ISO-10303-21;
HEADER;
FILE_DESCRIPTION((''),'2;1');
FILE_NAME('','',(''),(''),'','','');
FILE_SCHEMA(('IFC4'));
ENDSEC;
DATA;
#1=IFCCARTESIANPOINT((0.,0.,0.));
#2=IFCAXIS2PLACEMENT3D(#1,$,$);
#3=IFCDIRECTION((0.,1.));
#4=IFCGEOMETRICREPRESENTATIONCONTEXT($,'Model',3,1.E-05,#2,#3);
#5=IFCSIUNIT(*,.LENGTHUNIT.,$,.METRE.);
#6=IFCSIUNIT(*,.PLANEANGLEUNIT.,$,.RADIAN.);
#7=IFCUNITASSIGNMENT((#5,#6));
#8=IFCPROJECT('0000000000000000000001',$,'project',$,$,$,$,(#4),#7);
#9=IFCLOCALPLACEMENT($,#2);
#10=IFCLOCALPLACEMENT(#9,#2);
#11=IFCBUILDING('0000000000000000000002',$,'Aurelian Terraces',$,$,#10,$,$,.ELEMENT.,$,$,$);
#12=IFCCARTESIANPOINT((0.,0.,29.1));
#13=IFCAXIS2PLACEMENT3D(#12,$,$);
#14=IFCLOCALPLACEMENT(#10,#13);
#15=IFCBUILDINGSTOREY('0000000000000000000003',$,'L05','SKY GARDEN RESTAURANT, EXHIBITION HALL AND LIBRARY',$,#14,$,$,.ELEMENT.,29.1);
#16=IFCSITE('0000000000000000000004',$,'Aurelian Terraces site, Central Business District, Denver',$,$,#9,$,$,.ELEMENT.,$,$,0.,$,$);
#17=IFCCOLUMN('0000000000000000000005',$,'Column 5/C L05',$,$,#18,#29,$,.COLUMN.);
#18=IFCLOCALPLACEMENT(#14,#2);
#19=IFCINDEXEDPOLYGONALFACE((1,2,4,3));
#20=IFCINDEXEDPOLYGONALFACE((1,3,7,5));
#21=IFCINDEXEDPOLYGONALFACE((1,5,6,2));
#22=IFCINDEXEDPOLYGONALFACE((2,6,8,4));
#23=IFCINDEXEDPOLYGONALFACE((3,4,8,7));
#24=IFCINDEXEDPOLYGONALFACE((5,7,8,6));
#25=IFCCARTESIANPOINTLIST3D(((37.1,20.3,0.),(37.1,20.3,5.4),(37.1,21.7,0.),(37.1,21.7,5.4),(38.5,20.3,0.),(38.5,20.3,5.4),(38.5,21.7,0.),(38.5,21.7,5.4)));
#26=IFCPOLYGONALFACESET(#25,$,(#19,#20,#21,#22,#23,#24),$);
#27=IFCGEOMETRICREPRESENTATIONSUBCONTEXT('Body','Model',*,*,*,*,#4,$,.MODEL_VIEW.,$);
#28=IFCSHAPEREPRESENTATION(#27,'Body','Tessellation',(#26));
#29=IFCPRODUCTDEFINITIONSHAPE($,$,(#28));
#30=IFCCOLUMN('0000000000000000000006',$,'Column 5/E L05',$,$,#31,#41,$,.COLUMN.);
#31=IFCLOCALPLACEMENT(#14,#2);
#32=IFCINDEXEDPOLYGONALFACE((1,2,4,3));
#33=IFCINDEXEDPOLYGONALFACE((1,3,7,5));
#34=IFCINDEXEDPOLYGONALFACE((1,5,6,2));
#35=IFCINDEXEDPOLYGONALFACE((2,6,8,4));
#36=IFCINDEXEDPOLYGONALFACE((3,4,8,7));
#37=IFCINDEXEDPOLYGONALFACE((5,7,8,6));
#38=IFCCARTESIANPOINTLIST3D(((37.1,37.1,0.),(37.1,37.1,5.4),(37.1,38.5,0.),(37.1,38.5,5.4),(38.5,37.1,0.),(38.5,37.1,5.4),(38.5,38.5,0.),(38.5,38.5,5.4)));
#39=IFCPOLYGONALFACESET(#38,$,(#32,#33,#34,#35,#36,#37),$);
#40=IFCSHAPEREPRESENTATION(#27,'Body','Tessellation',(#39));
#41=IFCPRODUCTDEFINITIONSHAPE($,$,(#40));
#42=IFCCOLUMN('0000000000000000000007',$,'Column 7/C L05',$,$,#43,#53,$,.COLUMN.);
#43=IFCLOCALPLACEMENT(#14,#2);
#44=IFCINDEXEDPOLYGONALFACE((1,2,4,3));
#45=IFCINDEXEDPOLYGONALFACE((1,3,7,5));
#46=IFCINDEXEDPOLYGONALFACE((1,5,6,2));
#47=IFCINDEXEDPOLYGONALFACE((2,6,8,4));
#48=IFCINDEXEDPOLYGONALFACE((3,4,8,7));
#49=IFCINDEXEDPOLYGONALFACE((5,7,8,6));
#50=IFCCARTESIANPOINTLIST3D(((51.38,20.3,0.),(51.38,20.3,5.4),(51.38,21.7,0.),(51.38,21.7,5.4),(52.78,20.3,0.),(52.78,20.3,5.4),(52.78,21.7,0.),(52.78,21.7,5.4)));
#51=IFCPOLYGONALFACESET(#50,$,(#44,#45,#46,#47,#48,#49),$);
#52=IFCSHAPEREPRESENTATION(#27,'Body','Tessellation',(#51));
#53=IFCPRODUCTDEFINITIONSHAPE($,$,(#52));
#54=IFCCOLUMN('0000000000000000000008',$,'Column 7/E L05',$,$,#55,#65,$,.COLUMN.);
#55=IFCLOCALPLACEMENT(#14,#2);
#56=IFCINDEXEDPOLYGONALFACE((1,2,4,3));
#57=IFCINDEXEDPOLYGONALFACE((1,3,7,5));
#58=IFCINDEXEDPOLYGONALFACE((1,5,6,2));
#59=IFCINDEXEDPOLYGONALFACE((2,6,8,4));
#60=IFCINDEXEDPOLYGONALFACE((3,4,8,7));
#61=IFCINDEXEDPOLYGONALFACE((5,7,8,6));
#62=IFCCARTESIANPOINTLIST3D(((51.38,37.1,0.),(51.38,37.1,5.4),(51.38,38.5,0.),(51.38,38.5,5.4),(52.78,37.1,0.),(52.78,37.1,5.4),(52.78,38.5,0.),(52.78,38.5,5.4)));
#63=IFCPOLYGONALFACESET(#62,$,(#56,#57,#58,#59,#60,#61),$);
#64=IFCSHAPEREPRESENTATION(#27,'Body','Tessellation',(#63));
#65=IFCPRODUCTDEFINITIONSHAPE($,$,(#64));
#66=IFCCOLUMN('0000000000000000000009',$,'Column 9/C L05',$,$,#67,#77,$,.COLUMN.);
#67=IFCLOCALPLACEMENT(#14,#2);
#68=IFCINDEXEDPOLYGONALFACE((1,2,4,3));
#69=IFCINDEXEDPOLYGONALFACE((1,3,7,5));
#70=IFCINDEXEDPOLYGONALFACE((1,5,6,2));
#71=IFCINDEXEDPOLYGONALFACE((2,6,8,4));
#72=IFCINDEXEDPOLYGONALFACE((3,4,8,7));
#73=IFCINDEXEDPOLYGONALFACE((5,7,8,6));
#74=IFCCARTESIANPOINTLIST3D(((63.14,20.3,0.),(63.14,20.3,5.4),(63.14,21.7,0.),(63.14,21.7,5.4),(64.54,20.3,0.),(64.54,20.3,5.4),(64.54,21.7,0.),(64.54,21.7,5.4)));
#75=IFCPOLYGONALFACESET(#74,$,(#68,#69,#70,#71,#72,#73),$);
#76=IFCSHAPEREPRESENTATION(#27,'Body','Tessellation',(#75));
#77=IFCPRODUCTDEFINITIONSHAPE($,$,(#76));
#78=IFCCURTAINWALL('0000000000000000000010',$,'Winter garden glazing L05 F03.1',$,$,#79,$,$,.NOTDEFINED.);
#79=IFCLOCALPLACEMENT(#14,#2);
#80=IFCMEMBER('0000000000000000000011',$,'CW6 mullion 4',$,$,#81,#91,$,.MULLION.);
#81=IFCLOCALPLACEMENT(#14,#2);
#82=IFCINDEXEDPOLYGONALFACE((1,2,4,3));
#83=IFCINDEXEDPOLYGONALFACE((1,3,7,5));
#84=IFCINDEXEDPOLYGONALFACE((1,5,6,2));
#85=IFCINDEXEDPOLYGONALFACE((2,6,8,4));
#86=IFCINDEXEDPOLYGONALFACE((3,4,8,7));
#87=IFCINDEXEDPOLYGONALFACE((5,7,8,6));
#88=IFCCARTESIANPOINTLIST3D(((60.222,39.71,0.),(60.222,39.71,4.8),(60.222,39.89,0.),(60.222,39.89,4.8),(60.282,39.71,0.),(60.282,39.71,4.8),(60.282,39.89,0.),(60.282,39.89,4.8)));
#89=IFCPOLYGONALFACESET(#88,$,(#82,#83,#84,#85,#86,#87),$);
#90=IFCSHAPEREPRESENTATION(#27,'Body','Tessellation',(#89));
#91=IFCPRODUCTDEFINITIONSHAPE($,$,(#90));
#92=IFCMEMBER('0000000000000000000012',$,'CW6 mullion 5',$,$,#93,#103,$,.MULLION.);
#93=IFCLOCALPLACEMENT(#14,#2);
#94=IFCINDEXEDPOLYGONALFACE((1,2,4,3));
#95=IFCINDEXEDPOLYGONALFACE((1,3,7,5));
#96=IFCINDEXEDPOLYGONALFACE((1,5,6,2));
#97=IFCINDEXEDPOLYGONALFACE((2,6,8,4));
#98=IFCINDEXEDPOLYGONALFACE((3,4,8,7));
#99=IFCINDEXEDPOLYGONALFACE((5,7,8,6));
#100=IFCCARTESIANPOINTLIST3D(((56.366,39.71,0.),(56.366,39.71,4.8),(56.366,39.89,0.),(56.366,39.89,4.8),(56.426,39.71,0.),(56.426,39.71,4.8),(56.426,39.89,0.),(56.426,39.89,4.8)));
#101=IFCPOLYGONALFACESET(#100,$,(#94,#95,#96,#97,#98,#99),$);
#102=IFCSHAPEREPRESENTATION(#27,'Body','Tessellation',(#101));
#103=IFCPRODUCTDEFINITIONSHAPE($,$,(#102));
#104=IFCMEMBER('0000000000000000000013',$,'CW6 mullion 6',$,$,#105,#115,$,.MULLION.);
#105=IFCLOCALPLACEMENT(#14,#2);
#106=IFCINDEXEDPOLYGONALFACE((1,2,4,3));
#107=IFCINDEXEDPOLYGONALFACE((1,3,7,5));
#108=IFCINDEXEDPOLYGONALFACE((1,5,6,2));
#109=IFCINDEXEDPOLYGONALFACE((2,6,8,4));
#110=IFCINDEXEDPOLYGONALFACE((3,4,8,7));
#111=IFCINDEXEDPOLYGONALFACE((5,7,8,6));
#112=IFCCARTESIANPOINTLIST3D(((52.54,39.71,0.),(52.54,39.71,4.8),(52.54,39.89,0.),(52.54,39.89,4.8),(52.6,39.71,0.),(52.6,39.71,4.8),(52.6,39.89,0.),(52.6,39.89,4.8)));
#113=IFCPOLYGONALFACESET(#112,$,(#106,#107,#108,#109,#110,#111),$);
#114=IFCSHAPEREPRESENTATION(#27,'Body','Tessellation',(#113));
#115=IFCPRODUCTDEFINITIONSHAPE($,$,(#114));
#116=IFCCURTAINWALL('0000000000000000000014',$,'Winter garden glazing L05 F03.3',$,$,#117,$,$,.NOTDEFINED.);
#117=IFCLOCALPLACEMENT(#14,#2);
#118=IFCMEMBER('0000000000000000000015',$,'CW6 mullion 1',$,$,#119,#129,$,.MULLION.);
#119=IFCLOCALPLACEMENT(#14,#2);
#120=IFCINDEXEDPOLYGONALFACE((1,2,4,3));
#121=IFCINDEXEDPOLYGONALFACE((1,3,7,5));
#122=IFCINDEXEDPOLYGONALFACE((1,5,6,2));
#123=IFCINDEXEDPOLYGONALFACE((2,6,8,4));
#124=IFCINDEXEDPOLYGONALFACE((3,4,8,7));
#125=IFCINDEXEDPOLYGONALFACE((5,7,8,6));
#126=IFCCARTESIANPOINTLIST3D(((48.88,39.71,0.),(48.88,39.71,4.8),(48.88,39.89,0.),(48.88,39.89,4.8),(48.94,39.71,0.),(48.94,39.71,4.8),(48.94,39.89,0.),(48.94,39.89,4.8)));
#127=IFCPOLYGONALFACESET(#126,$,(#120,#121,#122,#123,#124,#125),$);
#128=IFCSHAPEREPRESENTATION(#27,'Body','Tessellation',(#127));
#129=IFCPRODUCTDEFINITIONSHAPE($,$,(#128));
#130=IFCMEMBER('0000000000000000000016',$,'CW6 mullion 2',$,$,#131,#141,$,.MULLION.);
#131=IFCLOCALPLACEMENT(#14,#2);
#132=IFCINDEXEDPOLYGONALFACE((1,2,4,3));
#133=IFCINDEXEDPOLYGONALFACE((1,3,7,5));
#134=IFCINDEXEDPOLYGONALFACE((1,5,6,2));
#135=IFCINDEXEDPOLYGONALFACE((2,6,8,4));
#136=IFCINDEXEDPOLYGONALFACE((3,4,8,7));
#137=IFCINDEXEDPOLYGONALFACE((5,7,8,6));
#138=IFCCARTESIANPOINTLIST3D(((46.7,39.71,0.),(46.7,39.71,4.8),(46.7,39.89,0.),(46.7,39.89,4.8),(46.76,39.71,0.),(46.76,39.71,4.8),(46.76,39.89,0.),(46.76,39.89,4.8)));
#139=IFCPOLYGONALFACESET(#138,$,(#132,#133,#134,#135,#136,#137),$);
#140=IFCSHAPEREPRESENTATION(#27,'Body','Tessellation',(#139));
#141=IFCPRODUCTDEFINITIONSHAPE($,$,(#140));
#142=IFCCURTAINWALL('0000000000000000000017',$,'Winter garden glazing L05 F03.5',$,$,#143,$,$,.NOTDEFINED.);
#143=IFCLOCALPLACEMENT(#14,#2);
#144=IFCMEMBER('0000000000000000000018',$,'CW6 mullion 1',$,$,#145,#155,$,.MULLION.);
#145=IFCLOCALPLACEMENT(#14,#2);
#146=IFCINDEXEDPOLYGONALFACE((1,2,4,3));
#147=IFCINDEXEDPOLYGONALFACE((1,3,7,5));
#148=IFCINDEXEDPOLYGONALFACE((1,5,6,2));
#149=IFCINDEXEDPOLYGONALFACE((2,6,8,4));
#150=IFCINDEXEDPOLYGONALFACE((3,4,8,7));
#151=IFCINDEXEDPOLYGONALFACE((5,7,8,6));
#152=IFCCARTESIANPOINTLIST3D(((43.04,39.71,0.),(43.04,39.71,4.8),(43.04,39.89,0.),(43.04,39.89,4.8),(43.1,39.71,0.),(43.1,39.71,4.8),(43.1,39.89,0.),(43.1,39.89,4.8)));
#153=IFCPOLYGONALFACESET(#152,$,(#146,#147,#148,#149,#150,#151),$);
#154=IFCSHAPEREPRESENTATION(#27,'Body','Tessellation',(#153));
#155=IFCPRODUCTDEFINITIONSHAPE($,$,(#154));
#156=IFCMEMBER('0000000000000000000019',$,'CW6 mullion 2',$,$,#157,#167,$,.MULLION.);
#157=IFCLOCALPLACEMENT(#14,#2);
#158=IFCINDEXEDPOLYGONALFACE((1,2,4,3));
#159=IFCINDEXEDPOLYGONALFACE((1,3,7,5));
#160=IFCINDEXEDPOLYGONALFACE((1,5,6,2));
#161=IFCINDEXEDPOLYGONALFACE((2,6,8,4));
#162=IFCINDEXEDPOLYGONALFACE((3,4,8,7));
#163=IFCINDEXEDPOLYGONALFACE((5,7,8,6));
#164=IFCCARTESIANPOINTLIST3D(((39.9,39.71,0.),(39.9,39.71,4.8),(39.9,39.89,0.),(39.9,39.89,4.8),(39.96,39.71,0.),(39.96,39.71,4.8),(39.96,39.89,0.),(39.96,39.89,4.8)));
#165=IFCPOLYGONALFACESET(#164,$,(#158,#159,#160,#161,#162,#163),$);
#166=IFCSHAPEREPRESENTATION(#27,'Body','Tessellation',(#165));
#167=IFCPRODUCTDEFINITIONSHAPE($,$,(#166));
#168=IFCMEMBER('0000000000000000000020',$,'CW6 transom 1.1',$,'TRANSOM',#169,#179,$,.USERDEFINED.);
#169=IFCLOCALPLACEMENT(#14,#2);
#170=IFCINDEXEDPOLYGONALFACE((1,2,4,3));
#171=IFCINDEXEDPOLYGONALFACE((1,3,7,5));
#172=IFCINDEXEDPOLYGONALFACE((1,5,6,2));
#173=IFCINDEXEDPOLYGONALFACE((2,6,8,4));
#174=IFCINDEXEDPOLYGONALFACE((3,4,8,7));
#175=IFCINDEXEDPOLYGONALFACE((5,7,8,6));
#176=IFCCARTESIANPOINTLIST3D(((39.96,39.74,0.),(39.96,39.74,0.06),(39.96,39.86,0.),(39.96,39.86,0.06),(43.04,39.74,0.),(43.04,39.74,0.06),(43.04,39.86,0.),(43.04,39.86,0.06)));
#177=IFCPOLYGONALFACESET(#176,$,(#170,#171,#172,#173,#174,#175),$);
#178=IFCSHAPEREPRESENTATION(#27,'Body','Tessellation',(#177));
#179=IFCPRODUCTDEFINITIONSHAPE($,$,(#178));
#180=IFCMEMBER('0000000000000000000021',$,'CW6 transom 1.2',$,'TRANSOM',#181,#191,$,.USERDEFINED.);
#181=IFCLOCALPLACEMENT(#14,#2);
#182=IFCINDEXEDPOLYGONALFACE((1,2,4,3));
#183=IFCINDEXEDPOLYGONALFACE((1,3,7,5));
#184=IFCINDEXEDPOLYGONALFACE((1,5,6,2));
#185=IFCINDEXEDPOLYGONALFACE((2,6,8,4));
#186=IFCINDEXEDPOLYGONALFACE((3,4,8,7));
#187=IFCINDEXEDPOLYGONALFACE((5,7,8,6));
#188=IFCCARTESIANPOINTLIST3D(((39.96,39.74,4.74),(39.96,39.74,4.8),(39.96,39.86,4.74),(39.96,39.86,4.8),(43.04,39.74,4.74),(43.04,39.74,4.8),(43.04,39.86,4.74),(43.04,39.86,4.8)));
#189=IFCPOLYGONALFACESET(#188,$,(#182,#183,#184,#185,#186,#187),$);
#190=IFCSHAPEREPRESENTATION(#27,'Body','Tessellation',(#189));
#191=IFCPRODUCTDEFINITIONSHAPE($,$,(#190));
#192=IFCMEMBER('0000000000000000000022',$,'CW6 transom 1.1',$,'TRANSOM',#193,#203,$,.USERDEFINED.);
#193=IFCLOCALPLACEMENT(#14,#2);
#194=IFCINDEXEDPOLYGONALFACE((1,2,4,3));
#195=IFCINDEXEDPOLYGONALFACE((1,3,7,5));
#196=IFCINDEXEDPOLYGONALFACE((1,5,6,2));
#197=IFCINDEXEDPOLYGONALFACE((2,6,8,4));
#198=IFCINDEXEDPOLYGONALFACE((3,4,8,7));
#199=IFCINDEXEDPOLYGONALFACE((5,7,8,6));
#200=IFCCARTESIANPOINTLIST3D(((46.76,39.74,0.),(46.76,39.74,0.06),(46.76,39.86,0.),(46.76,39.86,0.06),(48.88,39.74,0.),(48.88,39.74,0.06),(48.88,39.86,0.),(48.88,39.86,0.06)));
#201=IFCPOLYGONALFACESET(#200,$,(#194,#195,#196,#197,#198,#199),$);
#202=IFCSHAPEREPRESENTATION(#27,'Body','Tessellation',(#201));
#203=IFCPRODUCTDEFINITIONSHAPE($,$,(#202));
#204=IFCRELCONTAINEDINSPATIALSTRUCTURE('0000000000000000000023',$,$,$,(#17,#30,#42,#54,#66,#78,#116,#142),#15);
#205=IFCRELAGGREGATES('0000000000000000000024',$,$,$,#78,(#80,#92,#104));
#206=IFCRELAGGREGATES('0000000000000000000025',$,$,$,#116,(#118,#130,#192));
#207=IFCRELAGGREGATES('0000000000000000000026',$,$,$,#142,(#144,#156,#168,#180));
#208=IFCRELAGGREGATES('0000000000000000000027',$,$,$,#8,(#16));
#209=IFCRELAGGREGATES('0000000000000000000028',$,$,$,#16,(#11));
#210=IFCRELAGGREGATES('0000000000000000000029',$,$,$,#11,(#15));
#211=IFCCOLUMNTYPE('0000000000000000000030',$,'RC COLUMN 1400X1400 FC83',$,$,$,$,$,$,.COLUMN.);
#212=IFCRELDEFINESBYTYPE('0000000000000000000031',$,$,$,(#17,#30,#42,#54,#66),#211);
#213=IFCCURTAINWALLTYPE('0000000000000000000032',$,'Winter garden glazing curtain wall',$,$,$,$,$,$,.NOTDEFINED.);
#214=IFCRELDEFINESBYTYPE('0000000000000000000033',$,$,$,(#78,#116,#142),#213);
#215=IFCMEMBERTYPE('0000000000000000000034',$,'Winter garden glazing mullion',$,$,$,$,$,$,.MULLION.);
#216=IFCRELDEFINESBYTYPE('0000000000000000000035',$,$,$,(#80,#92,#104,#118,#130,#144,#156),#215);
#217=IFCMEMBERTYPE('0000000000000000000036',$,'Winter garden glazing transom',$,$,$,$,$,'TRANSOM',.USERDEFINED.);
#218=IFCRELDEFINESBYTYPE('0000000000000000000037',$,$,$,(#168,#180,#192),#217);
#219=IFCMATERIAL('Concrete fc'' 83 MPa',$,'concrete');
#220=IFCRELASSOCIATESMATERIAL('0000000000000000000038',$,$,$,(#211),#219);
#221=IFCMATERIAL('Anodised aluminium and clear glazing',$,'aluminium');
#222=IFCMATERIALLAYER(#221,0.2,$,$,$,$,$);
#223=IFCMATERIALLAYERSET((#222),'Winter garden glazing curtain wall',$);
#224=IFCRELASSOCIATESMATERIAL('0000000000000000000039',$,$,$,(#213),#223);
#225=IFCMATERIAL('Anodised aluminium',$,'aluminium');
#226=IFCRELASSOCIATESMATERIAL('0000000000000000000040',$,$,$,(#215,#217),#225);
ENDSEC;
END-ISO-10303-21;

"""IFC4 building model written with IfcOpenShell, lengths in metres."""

from ifc_helpers import new_model, si_unit, direction, frame, origin, origin_2d, place, context, subcontext, project, spatial, rectangle, extrude, source, transform, mapped, material, layer, layer_set, material_profile, profile_set, type_object, element, aggregate, save


model = new_model("IFC4")

# Units and contexts
model_context = context("Model", 3, precision=1e-05, world=origin(), true_north=direction((0.0, 1.0)))
body_context = subcontext(model_context, "Body", "Model", "MODEL_VIEW")
ifc_project = project(units=[si_unit("LENGTHUNIT", "METRE"), si_unit("PLANEANGLEUNIT", "RADIAN")], contexts=[model_context])

# Site, building, storey
site_placement = place(None, origin())
site = spatial("IfcSite", under=ifc_project, at=site_placement, Name="Aurelian Terraces site, Central Business District, Denver", CompositionType="ELEMENT", RefElevation=0.0)
building_placement = place(site_placement, origin())
building = spatial("IfcBuilding", under=site, at=building_placement, Name="Aurelian Terraces", CompositionType="ELEMENT")
storey_placement = place(building_placement, frame((0.0, 0.0, 29.1)))
storey = spatial("IfcBuildingStorey", under=building, at=storey_placement, Name="L05", Description="SKY GARDEN RESTAURANT, EXHIBITION HALL AND LIBRARY", CompositionType="ELEMENT", Elevation=29.1)

# Columns
ifc_material_1 = material(Name="Concrete fc' 83 MPa", Category="concrete")
ifc_material_profile_1 = material_profile(ifc_material_1, rectangle(XDim=1.4, YDim=1.4, at=origin_2d()))
ifc_profile_set_1 = profile_set([ifc_material_profile_1], Name="Concrete fc' 83 MPa")
column_type = type_object("IfcColumnType", Name="RC COLUMN 1400X1400 FC83", PredefinedType="COLUMN", material=ifc_profile_set_1)
shared_shape_1 = source(origin(), body_context, "Body", "SweptSolid", [
    extrude(rectangle(XDim=1.4, YDim=1.4, at=origin_2d()), origin(), (0.0, 0.0, 1.0), 5.4),
])
for number, where, z_axis, x_axis, name in (
    (1, (37.8, 21.0, 0.0), (0.0, 0.0, 1.0), (1.0, 0.0, 0.0), "Column 5/C L05"),
    (2, (37.8, 37.8, 0.0), (0.0, 0.0, 1.0), (1.0, 0.0, 0.0), "Column 5/E L05"),
    (3, (52.08, 21.0, 0.0), (0.0, 0.0, 1.0), (1.0, 0.0, 0.0), "Column 7/C L05"),
    (4, (52.08, 37.8, 0.0), (0.0, 0.0, 1.0), (1.0, 0.0, 0.0), "Column 7/E L05"),
    (5, (63.84, 21.0, 0.0), (0.0, 0.0, 1.0), (1.0, 0.0, 0.0), "Column 9/C L05"),
):
    element("IfcColumn", number, at=place(storey_placement, frame(where, z_axis=z_axis, x_axis=x_axis)), inside=storey, type_object=column_type, Name=name, PredefinedType="COLUMN", context=body_context, shape_type="MappedRepresentation", body=[
        mapped(shared_shape_1, transform((0.0, 0.0, 0.0), scale=1.0)),
    ])

# Curtain walls, members
ifc_material_2 = material(Name="Anodised aluminium and clear glazing", Category="aluminium")
ifc_layer_1 = layer(ifc_material_2, 0.2)
ifc_layer_set_1 = layer_set([ifc_layer_1], Name="Winter garden glazing curtain wall")
curtain_wall_type = type_object("IfcCurtainWallType", Name="Winter garden glazing curtain wall", PredefinedType="NOTDEFINED", material=ifc_layer_set_1)
curtain_wall_1_placement = place(storey_placement, origin())
curtain_wall_1 = element("IfcCurtainWall", 6, at=curtain_wall_1_placement, inside=storey, type_object=curtain_wall_type, Name="Winter garden glazing L05 F03.1", PredefinedType="NOTDEFINED")
ifc_material_3 = material(Name="Anodised aluminium", Category="aluminium")
ifc_material_profile_2 = material_profile(ifc_material_3, rectangle(XDim=0.18, YDim=0.06, at=origin_2d()))
ifc_profile_set_2 = profile_set([ifc_material_profile_2], Name="Anodised aluminium")
member_type_1 = type_object("IfcMemberType", Name="Winter garden glazing mullion", PredefinedType="MULLION", material=ifc_profile_set_2)
shared_shape_2 = source(origin(), body_context, "Body", "SweptSolid", [
    extrude(rectangle(XDim=0.18, YDim=0.06, at=origin_2d()), origin(), (0.0, 0.0, 1.0), 4.8),
])
member_1_placement = place(storey_placement, frame((60.252, 39.8, 0.0), z_axis=(0.0, 0.0, 1.0), x_axis=(0.0, -1.0, 0.0)))
member_1 = element("IfcMember", 7, at=member_1_placement, type_object=member_type_1, Name="CW6 mullion 4", PredefinedType="MULLION", context=body_context, shape_type="MappedRepresentation", body=[
    mapped(shared_shape_2, transform((0.0, 0.0, 0.0), scale=1.0)),
])
member_2_placement = place(storey_placement, frame((56.396, 39.8, 0.0), z_axis=(0.0, 0.0, 1.0), x_axis=(0.0, -1.0, 0.0)))
member_2 = element("IfcMember", 8, at=member_2_placement, type_object=member_type_1, Name="CW6 mullion 5", PredefinedType="MULLION", context=body_context, shape_type="MappedRepresentation", body=[
    mapped(shared_shape_2, transform((0.0, 0.0, 0.0), scale=1.0)),
])
member_3_placement = place(storey_placement, frame((52.57, 39.8, 0.0), z_axis=(0.0, 0.0, 1.0), x_axis=(0.0, -1.0, 0.0)))
member_3 = element("IfcMember", 9, at=member_3_placement, type_object=member_type_1, Name="CW6 mullion 6", PredefinedType="MULLION", context=body_context, shape_type="MappedRepresentation", body=[
    mapped(shared_shape_2, transform((0.0, 0.0, 0.0), scale=1.0)),
])
curtain_wall_2_placement = place(storey_placement, origin())
curtain_wall_2 = element("IfcCurtainWall", 10, at=curtain_wall_2_placement, inside=storey, type_object=curtain_wall_type, Name="Winter garden glazing L05 F03.3", PredefinedType="NOTDEFINED")
member_4_placement = place(storey_placement, frame((48.91, 39.8, 0.0), z_axis=(0.0, 0.0, 1.0), x_axis=(0.0, -1.0, 0.0)))
member_4 = element("IfcMember", 11, at=member_4_placement, type_object=member_type_1, Name="CW6 mullion 1", PredefinedType="MULLION", context=body_context, shape_type="MappedRepresentation", body=[
    mapped(shared_shape_2, transform((0.0, 0.0, 0.0), scale=1.0)),
])
member_5_placement = place(storey_placement, frame((46.73, 39.8, 0.0), z_axis=(0.0, 0.0, 1.0), x_axis=(0.0, -1.0, 0.0)))
member_5 = element("IfcMember", 12, at=member_5_placement, type_object=member_type_1, Name="CW6 mullion 2", PredefinedType="MULLION", context=body_context, shape_type="MappedRepresentation", body=[
    mapped(shared_shape_2, transform((0.0, 0.0, 0.0), scale=1.0)),
])
curtain_wall_3_placement = place(storey_placement, origin())
curtain_wall_3 = element("IfcCurtainWall", 13, at=curtain_wall_3_placement, inside=storey, type_object=curtain_wall_type, Name="Winter garden glazing L05 F03.5", PredefinedType="NOTDEFINED")
member_6_placement = place(storey_placement, frame((43.07, 39.8, 0.0), z_axis=(0.0, 0.0, 1.0), x_axis=(0.0, -1.0, 0.0)))
member_6 = element("IfcMember", 14, at=member_6_placement, type_object=member_type_1, Name="CW6 mullion 1", PredefinedType="MULLION", context=body_context, shape_type="MappedRepresentation", body=[
    mapped(shared_shape_2, transform((0.0, 0.0, 0.0), scale=1.0)),
])
member_7_placement = place(storey_placement, frame((39.93, 39.8, 0.0), z_axis=(0.0, 0.0, 1.0), x_axis=(0.0, -1.0, 0.0)))
member_7 = element("IfcMember", 15, at=member_7_placement, type_object=member_type_1, Name="CW6 mullion 2", PredefinedType="MULLION", context=body_context, shape_type="MappedRepresentation", body=[
    mapped(shared_shape_2, transform((0.0, 0.0, 0.0), scale=1.0)),
])
ifc_material_profile_3 = material_profile(ifc_material_3, rectangle(XDim=0.12, YDim=0.06, at=origin_2d()))
ifc_profile_set_3 = profile_set([ifc_material_profile_3], Name="Anodised aluminium")
member_type_2 = type_object("IfcMemberType", Name="Winter garden glazing transom", ElementType="TRANSOM", PredefinedType="USERDEFINED", material=ifc_profile_set_3)
shared_shape_3 = source(origin(), body_context, "Body", "SweptSolid", [
    extrude(rectangle(XDim=0.12, YDim=0.06, at=origin_2d()), origin(), (0.0, 0.0, 1.0), 3.08),
])
member_8_placement = place(storey_placement, frame((43.04, 39.8, 0.03), z_axis=(-1.0, 0.0, 0.0), x_axis=(0.0, -1.0, 0.0)))
member_8 = element("IfcMember", 16, at=member_8_placement, type_object=member_type_2, Name="CW6 transom 1.1", ObjectType="TRANSOM", PredefinedType="USERDEFINED", context=body_context, shape_type="MappedRepresentation", body=[
    mapped(shared_shape_3, transform((0.0, 0.0, 0.0), scale=1.0)),
])
member_9_placement = place(storey_placement, frame((43.04, 39.8, 4.77), z_axis=(-1.0, 0.0, 0.0), x_axis=(0.0, -1.0, 0.0)))
member_9 = element("IfcMember", 17, at=member_9_placement, type_object=member_type_2, Name="CW6 transom 1.2", ObjectType="TRANSOM", PredefinedType="USERDEFINED", context=body_context, shape_type="MappedRepresentation", body=[
    mapped(shared_shape_3, transform((0.0, 0.0, 0.0), scale=1.0)),
])

# Member
shared_shape_4 = source(origin(), body_context, "Body", "SweptSolid", [
    extrude(rectangle(XDim=0.12, YDim=0.06, at=origin_2d()), origin(), (0.0, 0.0, 1.0), 2.12),
])
member_10_placement = place(storey_placement, frame((48.88, 39.8, 0.03), z_axis=(-1.0, 0.0, 0.0), x_axis=(0.0, -1.0, 0.0)))
member_10 = element("IfcMember", 18, at=member_10_placement, type_object=member_type_2, Name="CW6 transom 1.1", ObjectType="TRANSOM", PredefinedType="USERDEFINED", context=body_context, shape_type="MappedRepresentation", body=[
    mapped(shared_shape_4, transform((0.0, 0.0, 0.0), scale=1.0)),
])

aggregate(curtain_wall_1, [member_1, member_2, member_3])
aggregate(curtain_wall_2, [member_4, member_5, member_10])
aggregate(curtain_wall_3, [member_6, member_7, member_8, member_9])

save(model, "model.ifc")
